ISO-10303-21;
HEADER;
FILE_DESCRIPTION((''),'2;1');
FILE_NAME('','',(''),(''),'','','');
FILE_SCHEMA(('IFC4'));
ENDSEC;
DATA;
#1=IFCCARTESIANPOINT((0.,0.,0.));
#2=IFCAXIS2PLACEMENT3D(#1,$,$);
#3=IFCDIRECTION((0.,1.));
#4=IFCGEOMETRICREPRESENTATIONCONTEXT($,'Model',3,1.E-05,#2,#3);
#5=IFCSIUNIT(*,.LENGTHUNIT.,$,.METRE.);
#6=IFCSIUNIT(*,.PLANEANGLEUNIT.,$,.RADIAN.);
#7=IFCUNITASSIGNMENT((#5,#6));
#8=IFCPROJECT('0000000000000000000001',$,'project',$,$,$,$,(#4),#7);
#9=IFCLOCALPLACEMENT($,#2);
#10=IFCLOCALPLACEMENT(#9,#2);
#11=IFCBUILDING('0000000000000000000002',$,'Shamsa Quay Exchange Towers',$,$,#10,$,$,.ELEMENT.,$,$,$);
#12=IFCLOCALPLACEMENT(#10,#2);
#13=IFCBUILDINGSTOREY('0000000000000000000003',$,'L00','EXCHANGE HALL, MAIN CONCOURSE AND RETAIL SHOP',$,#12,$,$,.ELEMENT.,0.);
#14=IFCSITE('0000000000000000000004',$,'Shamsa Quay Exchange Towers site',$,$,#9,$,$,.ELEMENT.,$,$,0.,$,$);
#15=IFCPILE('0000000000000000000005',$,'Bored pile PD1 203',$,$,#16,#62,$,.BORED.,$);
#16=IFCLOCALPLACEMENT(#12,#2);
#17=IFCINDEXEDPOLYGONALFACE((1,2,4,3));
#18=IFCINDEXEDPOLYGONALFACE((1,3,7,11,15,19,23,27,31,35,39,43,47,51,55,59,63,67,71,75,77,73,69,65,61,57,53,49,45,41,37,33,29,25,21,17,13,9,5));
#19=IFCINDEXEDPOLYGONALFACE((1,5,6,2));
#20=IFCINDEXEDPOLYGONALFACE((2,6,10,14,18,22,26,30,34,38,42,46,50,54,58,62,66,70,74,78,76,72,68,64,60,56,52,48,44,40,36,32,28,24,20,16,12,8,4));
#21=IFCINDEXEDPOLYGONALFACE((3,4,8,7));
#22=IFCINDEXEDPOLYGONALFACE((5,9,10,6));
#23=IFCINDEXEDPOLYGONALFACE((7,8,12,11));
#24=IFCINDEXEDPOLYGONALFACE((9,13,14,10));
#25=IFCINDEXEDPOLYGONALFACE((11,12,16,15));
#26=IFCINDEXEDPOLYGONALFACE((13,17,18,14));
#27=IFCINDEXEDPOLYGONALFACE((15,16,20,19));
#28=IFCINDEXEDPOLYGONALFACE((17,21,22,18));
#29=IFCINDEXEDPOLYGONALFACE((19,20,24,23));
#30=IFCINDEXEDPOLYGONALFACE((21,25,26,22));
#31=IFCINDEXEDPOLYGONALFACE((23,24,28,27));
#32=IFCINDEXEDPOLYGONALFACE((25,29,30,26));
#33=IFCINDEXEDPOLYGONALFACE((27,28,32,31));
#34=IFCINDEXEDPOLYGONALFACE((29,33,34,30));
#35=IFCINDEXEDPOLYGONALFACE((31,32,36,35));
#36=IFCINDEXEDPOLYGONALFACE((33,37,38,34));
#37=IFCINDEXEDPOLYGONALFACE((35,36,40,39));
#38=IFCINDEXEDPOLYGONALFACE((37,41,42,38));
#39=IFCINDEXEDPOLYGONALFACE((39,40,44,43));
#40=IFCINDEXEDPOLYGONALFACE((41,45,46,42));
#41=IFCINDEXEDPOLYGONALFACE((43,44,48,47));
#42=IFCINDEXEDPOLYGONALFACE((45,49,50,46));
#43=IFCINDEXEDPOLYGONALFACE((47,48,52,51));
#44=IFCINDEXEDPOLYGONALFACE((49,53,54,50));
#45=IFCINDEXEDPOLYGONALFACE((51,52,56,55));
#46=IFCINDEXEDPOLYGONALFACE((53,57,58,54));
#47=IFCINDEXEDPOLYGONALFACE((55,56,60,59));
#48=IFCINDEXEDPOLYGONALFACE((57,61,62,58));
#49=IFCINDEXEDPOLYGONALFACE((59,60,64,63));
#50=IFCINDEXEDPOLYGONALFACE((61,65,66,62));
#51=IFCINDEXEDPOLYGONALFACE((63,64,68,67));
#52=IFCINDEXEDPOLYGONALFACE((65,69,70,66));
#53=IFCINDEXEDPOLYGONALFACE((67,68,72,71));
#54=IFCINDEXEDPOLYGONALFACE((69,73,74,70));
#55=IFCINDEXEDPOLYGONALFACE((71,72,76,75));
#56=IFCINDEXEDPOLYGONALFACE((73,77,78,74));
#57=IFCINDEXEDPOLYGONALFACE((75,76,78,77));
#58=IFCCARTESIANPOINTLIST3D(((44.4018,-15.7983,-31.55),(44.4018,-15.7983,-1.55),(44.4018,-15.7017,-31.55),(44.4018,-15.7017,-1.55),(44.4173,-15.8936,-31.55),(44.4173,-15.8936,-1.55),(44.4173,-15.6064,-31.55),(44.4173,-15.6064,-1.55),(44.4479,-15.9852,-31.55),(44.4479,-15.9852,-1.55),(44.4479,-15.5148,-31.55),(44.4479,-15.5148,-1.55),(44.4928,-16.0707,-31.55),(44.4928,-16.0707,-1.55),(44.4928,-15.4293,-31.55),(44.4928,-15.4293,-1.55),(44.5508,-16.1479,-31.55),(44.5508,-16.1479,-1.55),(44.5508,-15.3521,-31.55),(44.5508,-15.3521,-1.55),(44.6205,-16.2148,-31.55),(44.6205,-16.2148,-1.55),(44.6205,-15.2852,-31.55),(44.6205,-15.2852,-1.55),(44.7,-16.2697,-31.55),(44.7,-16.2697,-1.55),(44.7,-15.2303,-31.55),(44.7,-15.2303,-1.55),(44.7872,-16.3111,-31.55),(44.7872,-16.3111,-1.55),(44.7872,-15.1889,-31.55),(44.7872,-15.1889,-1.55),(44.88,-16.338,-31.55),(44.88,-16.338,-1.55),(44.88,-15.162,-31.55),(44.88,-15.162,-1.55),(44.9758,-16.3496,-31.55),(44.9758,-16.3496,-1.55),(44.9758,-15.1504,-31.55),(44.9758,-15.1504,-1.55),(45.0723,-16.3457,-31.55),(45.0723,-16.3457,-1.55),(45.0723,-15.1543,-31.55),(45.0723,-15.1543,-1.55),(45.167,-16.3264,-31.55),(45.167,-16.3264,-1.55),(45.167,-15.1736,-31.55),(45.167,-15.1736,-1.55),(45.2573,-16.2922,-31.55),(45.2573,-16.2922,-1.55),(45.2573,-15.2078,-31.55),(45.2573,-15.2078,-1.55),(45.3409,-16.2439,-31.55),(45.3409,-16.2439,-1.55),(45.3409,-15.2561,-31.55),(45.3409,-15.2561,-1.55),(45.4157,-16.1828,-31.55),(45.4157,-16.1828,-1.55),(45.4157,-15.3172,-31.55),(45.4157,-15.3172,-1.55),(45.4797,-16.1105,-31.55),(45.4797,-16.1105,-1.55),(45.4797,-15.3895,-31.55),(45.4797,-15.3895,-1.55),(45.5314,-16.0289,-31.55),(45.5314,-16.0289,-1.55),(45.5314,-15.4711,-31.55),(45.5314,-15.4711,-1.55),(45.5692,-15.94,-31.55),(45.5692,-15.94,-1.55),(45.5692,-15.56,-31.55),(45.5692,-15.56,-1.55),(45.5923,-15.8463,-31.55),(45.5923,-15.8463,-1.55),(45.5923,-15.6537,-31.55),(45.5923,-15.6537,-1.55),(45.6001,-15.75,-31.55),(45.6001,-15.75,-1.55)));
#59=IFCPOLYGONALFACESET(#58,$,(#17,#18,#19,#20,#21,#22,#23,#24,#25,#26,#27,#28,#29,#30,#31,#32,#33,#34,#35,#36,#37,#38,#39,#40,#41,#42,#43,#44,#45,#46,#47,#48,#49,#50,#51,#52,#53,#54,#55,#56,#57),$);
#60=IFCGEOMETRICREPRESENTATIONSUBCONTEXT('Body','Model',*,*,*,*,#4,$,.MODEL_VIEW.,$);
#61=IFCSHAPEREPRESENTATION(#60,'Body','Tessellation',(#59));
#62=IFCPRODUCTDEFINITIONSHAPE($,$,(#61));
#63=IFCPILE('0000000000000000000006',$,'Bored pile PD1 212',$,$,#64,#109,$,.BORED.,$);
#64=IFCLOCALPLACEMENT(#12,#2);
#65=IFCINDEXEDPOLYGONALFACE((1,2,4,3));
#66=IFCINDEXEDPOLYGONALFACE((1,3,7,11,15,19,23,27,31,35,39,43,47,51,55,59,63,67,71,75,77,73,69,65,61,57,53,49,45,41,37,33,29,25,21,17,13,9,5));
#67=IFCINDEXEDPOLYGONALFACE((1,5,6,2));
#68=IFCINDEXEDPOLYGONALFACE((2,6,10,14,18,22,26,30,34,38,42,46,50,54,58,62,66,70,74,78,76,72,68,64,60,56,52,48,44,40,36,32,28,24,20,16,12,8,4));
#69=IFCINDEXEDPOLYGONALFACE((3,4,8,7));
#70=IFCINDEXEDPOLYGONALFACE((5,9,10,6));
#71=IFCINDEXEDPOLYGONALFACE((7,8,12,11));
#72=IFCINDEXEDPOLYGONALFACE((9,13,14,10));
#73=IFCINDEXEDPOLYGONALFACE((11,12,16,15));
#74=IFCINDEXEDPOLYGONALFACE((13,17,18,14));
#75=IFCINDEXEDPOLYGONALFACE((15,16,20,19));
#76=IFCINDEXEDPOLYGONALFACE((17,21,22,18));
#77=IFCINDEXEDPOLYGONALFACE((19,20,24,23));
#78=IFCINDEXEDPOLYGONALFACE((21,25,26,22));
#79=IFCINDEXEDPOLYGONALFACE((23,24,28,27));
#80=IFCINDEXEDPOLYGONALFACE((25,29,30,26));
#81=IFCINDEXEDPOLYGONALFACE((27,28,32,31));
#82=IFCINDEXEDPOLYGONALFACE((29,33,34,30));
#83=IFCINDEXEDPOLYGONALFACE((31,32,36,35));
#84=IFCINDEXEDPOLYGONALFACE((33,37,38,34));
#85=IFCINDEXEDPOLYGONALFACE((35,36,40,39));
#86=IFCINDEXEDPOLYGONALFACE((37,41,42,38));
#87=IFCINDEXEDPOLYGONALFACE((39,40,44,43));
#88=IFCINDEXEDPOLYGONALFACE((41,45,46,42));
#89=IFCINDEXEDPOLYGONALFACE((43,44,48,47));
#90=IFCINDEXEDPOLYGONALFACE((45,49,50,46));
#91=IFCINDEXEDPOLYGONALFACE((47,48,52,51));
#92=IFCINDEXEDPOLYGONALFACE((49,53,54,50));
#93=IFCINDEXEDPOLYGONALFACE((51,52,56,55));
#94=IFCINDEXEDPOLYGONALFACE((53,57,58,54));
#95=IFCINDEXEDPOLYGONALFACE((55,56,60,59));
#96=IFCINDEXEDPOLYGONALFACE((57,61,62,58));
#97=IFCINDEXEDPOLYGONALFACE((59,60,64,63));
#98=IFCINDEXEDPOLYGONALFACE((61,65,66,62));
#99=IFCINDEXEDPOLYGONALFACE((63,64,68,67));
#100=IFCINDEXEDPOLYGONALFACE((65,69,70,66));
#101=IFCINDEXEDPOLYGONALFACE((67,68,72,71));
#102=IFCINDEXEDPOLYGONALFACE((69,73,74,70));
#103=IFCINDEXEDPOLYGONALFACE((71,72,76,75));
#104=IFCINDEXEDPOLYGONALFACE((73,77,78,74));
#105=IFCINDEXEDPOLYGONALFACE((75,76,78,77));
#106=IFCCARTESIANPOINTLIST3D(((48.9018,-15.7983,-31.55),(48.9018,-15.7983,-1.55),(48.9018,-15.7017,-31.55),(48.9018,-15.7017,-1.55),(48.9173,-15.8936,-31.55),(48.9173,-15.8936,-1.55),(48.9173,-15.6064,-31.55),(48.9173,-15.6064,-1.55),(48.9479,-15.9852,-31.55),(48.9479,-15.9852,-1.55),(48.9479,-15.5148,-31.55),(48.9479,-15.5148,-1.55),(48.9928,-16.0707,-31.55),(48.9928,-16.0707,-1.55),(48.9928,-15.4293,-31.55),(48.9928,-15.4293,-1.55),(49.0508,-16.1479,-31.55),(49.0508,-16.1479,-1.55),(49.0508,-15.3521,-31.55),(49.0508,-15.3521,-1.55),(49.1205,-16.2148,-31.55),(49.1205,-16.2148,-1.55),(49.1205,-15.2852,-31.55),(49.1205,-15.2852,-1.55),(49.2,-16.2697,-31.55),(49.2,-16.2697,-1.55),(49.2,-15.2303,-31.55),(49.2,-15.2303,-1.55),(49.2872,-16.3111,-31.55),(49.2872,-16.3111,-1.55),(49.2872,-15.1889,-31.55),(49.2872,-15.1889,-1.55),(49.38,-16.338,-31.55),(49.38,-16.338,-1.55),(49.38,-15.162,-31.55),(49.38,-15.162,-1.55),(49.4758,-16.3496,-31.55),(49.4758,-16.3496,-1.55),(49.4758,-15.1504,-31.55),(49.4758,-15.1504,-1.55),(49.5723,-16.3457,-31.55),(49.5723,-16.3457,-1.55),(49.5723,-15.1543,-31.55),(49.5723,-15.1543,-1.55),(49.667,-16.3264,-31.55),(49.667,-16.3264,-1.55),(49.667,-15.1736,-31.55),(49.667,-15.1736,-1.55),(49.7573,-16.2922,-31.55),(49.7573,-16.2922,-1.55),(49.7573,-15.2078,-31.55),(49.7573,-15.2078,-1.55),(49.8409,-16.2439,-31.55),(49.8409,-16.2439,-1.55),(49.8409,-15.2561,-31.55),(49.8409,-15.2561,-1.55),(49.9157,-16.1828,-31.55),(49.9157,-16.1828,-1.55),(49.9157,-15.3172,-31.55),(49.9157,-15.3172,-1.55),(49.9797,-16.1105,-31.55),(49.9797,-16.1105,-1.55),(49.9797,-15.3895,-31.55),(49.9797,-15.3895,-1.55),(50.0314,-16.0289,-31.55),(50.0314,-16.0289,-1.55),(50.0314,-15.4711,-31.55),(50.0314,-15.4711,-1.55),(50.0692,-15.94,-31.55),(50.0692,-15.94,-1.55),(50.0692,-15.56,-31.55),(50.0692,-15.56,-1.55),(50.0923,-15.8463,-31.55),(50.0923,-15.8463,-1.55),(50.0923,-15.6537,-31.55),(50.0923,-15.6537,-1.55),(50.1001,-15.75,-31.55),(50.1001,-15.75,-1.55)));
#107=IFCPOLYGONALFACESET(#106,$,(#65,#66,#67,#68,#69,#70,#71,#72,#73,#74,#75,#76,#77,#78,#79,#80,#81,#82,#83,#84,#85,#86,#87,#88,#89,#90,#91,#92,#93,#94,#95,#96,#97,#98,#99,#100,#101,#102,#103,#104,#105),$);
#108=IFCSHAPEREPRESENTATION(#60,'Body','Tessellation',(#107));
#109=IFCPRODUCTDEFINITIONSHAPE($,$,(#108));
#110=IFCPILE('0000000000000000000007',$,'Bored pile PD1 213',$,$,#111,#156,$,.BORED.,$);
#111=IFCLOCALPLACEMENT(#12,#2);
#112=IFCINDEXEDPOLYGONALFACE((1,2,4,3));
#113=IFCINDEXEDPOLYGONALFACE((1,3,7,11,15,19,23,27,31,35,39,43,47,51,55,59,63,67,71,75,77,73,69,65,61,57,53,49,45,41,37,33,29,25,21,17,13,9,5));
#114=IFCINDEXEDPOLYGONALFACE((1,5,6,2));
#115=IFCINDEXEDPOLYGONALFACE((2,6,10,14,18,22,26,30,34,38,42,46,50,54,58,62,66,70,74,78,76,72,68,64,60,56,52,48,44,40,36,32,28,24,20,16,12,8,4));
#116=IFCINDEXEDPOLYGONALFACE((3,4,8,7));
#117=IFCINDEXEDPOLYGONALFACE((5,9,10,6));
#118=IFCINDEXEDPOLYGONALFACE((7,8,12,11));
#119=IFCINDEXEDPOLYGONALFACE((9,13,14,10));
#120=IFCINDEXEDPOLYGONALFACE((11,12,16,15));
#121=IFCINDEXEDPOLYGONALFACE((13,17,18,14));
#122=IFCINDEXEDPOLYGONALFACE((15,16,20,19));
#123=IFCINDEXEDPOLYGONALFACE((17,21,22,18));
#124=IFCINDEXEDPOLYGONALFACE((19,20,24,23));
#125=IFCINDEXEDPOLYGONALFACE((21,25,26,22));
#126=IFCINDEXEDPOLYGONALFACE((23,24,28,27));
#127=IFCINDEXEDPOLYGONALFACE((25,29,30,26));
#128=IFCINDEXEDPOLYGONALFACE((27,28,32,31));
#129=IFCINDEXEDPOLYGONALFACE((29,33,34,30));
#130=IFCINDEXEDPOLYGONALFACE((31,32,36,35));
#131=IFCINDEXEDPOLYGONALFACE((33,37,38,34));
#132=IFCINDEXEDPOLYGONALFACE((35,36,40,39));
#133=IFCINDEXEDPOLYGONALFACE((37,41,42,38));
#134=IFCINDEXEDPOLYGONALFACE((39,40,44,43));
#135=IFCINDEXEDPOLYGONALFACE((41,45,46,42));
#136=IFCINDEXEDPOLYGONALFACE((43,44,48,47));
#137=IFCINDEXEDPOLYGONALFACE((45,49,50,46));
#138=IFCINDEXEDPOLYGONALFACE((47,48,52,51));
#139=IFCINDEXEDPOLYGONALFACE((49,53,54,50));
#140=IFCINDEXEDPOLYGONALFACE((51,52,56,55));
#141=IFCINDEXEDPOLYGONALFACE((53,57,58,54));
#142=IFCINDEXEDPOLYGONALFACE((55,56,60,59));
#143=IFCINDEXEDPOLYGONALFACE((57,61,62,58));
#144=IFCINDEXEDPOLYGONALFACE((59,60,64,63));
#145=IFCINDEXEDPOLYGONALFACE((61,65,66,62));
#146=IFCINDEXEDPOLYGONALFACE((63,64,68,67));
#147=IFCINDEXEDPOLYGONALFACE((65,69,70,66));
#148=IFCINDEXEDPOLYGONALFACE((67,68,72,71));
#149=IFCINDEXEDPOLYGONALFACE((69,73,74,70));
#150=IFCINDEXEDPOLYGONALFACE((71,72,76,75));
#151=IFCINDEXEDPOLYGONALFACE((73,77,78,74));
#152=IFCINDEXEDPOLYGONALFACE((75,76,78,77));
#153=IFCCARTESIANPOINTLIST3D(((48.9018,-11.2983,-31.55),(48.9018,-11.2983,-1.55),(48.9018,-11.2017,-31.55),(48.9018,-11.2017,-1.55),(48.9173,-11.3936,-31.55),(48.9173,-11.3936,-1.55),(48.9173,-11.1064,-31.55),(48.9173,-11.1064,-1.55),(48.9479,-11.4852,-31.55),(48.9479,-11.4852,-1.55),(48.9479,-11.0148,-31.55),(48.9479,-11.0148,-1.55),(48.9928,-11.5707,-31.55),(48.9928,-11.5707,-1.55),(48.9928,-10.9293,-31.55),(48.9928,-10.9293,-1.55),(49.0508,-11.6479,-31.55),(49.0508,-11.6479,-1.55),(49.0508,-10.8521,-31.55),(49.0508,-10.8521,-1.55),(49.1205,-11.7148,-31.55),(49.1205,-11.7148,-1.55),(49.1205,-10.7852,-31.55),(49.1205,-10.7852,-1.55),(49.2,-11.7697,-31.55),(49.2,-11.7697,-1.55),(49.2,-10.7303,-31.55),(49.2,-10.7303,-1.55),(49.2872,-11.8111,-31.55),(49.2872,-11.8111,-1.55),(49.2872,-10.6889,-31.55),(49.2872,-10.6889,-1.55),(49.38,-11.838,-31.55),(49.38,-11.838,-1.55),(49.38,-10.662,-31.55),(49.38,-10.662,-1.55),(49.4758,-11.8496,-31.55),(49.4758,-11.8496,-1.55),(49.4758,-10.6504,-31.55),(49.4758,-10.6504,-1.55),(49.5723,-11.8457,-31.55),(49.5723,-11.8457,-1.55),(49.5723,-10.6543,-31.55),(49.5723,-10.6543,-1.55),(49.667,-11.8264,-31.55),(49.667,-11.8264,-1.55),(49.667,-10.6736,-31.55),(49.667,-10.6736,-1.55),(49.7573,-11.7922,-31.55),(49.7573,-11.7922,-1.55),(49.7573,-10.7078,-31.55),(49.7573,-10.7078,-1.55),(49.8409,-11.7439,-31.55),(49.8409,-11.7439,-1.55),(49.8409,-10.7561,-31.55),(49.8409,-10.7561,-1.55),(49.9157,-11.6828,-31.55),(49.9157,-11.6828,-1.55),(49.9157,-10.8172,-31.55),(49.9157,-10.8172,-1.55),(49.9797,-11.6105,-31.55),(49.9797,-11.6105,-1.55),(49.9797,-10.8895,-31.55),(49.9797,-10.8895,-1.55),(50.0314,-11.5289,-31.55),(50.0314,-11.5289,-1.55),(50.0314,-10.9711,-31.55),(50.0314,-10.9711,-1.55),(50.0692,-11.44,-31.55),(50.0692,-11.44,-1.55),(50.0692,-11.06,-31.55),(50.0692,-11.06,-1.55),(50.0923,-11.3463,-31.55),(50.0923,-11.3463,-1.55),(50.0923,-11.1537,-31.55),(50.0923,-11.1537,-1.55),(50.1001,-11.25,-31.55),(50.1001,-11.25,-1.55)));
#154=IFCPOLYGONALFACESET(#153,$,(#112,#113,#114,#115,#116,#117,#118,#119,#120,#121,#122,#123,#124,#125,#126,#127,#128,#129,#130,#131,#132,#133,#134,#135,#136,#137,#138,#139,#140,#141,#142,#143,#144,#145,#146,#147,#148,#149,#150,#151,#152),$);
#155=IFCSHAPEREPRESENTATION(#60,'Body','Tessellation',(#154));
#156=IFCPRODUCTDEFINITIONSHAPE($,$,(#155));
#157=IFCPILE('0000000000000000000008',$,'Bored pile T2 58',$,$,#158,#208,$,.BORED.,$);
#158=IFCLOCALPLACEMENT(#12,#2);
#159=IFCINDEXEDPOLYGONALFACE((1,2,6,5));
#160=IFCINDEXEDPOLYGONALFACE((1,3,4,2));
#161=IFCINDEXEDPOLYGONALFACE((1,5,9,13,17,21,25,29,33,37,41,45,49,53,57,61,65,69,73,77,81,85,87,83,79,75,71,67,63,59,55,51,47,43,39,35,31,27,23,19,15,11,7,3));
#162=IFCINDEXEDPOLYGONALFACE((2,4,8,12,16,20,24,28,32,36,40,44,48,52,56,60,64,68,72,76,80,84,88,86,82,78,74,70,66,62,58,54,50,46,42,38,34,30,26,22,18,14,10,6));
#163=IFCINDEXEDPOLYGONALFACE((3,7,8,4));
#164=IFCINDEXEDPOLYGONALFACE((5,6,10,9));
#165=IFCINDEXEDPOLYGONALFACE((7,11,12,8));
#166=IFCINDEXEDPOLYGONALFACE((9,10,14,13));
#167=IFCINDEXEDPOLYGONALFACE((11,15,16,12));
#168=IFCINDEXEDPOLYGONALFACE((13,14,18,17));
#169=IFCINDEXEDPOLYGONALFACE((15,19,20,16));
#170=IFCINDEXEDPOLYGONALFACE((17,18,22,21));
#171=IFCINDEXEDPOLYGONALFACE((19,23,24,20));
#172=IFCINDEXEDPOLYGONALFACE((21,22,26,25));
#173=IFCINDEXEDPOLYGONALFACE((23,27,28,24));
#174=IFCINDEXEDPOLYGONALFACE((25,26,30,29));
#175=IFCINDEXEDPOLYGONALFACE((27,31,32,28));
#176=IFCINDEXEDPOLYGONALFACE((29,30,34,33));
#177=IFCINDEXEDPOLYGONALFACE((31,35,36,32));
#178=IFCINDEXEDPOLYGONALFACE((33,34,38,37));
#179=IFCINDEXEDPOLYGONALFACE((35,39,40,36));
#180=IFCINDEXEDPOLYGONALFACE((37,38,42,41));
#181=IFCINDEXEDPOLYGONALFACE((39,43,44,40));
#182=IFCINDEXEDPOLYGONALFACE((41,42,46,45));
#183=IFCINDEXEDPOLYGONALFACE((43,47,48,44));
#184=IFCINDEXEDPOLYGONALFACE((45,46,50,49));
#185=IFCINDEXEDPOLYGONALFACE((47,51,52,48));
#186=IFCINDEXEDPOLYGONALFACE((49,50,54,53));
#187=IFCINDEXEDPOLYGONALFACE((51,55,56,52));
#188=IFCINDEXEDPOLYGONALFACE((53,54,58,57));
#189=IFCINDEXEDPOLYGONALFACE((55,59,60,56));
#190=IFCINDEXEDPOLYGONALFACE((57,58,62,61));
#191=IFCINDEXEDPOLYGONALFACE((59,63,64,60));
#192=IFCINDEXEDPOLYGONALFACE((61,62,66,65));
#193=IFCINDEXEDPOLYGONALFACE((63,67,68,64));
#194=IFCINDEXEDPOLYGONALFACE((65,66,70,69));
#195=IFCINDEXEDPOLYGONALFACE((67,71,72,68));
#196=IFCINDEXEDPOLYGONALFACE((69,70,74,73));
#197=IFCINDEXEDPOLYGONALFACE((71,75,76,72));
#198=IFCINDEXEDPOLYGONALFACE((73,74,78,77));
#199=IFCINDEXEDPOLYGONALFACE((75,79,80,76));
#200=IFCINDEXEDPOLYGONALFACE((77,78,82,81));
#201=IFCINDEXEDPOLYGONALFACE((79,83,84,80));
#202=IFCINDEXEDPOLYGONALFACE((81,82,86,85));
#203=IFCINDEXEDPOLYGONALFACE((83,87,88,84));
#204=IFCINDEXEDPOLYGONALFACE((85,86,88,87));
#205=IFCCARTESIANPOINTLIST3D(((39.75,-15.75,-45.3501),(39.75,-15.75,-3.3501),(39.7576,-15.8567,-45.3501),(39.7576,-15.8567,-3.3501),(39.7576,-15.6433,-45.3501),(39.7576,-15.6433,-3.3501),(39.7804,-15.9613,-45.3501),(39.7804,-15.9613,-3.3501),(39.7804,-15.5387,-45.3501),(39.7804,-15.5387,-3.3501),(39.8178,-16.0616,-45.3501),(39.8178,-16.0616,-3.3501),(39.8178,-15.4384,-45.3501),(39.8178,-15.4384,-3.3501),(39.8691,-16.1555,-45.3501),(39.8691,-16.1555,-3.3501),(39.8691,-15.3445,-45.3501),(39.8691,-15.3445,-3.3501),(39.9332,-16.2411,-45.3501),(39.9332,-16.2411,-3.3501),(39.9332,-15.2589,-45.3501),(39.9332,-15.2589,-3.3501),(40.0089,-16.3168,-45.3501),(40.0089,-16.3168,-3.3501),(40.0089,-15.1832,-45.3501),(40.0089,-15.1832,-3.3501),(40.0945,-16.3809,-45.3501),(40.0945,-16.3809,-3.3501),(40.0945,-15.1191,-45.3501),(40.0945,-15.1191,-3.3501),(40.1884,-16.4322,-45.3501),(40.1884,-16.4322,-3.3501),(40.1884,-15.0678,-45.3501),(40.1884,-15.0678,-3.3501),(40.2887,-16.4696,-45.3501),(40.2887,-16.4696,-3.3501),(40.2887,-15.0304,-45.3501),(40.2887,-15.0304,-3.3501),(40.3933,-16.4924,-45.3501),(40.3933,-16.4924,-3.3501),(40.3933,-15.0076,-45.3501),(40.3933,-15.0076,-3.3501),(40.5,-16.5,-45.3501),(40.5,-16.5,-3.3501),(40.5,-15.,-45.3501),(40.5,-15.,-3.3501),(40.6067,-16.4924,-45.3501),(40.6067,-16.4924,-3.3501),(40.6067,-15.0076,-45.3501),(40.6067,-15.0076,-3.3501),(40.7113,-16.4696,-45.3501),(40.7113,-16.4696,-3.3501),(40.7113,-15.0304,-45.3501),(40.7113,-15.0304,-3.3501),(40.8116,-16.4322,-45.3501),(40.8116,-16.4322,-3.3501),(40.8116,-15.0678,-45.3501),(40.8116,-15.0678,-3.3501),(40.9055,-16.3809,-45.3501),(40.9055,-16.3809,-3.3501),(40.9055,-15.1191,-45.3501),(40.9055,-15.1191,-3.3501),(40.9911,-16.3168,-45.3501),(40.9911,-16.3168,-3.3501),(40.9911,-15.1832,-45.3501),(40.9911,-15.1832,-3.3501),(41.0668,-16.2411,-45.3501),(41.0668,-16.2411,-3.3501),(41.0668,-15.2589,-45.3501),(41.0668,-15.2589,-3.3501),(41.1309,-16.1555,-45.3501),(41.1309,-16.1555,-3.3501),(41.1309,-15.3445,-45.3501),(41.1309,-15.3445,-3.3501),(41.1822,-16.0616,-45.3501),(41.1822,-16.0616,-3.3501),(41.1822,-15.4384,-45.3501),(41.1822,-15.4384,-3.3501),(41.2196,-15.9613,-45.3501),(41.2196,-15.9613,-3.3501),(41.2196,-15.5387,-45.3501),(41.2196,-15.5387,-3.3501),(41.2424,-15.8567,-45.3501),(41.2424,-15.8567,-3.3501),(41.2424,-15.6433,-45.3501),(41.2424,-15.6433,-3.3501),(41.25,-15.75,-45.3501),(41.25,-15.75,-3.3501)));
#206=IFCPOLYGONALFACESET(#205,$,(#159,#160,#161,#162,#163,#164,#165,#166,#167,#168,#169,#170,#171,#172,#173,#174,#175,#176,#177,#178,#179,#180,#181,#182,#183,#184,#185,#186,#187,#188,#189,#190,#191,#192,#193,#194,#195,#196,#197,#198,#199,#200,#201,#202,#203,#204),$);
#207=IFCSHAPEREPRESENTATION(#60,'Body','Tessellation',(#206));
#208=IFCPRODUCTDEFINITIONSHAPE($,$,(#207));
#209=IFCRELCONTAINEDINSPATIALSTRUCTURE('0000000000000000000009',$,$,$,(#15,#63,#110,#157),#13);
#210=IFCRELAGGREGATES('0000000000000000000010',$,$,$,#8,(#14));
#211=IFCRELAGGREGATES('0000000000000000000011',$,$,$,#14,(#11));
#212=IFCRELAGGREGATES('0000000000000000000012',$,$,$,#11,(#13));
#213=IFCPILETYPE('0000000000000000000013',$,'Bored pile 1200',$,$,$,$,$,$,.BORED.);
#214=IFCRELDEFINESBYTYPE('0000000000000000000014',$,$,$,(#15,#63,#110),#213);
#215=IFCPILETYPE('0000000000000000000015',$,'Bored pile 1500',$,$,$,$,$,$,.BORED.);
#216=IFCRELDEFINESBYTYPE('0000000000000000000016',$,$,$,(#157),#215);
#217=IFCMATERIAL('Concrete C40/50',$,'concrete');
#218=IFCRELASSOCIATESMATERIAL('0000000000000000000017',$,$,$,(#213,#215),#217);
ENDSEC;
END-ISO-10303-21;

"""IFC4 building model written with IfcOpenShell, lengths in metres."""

from ifc_helpers import new_model, si_unit, direction, frame, origin, origin_2d, place, context, subcontext, project, spatial, circle, extrude, material, material_profile, profile_set, type_object, element, save


model = new_model("IFC4")

# Units and contexts
model_context = context("Model", 3, precision=1e-05, world=origin(), true_north=direction((0.0, 1.0)))
body_context = subcontext(model_context, "Body", "Model", "MODEL_VIEW")
ifc_project = project(units=[si_unit("LENGTHUNIT", "METRE"), si_unit("PLANEANGLEUNIT", "RADIAN")], contexts=[model_context])

# Site, building, storey
site_placement = place(None, origin())
site = spatial("IfcSite", under=ifc_project, at=site_placement, Name="Shamsa Quay Exchange Towers site", CompositionType="ELEMENT", RefElevation=0.0)
building_placement = place(site_placement, origin())
building = spatial("IfcBuilding", under=site, at=building_placement, Name="Shamsa Quay Exchange Towers", CompositionType="ELEMENT")
storey_placement = place(building_placement, origin())
storey = spatial("IfcBuildingStorey", under=building, at=storey_placement, Name="L00", Description="EXCHANGE HALL, MAIN CONCOURSE AND RETAIL SHOP", CompositionType="ELEMENT", Elevation=0.0)

# Piles
ifc_material_1 = material(Name="Concrete C40/50", Category="concrete")
ifc_material_profile_1 = material_profile(ifc_material_1, circle(Radius=0.6001, at=origin_2d()), Name="BP1200")
ifc_profile_set_1 = profile_set([ifc_material_profile_1], Name="Concrete C40/50")
pile_type_1 = type_object("IfcPileType", Name="Bored pile 1200", PredefinedType="BORED", material=ifc_profile_set_1)
for number, where, z_axis, x_axis, name in (
    (1, (45.0, -15.75, -1.55), (0.0, 0.0, -1.0), (1.0, 0.0, 0.0), "Bored pile PD1 203"),
    (2, (49.5, -15.75, -1.55), (0.0, 0.0, -1.0), (1.0, 0.0, 0.0), "Bored pile PD1 212"),
    (3, (49.5, -11.25, -1.55), (0.0, 0.0, -1.0), (1.0, 0.0, 0.0), "Bored pile PD1 213"),
):
    element("IfcPile", number, at=place(storey_placement, frame(where, z_axis=z_axis, x_axis=x_axis)), inside=storey, type_object=pile_type_1, Name=name, PredefinedType="BORED", context=body_context, shape_type="SweptSolid", body=[
        extrude(circle(Radius=0.6001, at=origin_2d()), origin(), (0.0, 0.0, 1.0), 30.0),
    ])
ifc_material_profile_2 = material_profile(ifc_material_1, circle(Radius=0.75, at=origin_2d()), Name="BP1500")
ifc_profile_set_2 = profile_set([ifc_material_profile_2], Name="Concrete C40/50")
pile_type_2 = type_object("IfcPileType", Name="Bored pile 1500", PredefinedType="BORED", material=ifc_profile_set_2)
for number, where, z_axis, x_axis, name in (
    (4, (40.5, -15.75, -3.3501), (0.0, 0.0, -1.0), (1.0, 0.0, 0.0), "Bored pile T2 58"),
):
    element("IfcPile", number, at=place(storey_placement, frame(where, z_axis=z_axis, x_axis=x_axis)), inside=storey, type_object=pile_type_2, Name=name, PredefinedType="BORED", context=body_context, shape_type="SweptSolid", body=[
        extrude(circle(Radius=0.75, at=origin_2d()), origin(), (0.0, 0.0, 1.0), 42.0),
    ])

save(model, "model.ifc")
